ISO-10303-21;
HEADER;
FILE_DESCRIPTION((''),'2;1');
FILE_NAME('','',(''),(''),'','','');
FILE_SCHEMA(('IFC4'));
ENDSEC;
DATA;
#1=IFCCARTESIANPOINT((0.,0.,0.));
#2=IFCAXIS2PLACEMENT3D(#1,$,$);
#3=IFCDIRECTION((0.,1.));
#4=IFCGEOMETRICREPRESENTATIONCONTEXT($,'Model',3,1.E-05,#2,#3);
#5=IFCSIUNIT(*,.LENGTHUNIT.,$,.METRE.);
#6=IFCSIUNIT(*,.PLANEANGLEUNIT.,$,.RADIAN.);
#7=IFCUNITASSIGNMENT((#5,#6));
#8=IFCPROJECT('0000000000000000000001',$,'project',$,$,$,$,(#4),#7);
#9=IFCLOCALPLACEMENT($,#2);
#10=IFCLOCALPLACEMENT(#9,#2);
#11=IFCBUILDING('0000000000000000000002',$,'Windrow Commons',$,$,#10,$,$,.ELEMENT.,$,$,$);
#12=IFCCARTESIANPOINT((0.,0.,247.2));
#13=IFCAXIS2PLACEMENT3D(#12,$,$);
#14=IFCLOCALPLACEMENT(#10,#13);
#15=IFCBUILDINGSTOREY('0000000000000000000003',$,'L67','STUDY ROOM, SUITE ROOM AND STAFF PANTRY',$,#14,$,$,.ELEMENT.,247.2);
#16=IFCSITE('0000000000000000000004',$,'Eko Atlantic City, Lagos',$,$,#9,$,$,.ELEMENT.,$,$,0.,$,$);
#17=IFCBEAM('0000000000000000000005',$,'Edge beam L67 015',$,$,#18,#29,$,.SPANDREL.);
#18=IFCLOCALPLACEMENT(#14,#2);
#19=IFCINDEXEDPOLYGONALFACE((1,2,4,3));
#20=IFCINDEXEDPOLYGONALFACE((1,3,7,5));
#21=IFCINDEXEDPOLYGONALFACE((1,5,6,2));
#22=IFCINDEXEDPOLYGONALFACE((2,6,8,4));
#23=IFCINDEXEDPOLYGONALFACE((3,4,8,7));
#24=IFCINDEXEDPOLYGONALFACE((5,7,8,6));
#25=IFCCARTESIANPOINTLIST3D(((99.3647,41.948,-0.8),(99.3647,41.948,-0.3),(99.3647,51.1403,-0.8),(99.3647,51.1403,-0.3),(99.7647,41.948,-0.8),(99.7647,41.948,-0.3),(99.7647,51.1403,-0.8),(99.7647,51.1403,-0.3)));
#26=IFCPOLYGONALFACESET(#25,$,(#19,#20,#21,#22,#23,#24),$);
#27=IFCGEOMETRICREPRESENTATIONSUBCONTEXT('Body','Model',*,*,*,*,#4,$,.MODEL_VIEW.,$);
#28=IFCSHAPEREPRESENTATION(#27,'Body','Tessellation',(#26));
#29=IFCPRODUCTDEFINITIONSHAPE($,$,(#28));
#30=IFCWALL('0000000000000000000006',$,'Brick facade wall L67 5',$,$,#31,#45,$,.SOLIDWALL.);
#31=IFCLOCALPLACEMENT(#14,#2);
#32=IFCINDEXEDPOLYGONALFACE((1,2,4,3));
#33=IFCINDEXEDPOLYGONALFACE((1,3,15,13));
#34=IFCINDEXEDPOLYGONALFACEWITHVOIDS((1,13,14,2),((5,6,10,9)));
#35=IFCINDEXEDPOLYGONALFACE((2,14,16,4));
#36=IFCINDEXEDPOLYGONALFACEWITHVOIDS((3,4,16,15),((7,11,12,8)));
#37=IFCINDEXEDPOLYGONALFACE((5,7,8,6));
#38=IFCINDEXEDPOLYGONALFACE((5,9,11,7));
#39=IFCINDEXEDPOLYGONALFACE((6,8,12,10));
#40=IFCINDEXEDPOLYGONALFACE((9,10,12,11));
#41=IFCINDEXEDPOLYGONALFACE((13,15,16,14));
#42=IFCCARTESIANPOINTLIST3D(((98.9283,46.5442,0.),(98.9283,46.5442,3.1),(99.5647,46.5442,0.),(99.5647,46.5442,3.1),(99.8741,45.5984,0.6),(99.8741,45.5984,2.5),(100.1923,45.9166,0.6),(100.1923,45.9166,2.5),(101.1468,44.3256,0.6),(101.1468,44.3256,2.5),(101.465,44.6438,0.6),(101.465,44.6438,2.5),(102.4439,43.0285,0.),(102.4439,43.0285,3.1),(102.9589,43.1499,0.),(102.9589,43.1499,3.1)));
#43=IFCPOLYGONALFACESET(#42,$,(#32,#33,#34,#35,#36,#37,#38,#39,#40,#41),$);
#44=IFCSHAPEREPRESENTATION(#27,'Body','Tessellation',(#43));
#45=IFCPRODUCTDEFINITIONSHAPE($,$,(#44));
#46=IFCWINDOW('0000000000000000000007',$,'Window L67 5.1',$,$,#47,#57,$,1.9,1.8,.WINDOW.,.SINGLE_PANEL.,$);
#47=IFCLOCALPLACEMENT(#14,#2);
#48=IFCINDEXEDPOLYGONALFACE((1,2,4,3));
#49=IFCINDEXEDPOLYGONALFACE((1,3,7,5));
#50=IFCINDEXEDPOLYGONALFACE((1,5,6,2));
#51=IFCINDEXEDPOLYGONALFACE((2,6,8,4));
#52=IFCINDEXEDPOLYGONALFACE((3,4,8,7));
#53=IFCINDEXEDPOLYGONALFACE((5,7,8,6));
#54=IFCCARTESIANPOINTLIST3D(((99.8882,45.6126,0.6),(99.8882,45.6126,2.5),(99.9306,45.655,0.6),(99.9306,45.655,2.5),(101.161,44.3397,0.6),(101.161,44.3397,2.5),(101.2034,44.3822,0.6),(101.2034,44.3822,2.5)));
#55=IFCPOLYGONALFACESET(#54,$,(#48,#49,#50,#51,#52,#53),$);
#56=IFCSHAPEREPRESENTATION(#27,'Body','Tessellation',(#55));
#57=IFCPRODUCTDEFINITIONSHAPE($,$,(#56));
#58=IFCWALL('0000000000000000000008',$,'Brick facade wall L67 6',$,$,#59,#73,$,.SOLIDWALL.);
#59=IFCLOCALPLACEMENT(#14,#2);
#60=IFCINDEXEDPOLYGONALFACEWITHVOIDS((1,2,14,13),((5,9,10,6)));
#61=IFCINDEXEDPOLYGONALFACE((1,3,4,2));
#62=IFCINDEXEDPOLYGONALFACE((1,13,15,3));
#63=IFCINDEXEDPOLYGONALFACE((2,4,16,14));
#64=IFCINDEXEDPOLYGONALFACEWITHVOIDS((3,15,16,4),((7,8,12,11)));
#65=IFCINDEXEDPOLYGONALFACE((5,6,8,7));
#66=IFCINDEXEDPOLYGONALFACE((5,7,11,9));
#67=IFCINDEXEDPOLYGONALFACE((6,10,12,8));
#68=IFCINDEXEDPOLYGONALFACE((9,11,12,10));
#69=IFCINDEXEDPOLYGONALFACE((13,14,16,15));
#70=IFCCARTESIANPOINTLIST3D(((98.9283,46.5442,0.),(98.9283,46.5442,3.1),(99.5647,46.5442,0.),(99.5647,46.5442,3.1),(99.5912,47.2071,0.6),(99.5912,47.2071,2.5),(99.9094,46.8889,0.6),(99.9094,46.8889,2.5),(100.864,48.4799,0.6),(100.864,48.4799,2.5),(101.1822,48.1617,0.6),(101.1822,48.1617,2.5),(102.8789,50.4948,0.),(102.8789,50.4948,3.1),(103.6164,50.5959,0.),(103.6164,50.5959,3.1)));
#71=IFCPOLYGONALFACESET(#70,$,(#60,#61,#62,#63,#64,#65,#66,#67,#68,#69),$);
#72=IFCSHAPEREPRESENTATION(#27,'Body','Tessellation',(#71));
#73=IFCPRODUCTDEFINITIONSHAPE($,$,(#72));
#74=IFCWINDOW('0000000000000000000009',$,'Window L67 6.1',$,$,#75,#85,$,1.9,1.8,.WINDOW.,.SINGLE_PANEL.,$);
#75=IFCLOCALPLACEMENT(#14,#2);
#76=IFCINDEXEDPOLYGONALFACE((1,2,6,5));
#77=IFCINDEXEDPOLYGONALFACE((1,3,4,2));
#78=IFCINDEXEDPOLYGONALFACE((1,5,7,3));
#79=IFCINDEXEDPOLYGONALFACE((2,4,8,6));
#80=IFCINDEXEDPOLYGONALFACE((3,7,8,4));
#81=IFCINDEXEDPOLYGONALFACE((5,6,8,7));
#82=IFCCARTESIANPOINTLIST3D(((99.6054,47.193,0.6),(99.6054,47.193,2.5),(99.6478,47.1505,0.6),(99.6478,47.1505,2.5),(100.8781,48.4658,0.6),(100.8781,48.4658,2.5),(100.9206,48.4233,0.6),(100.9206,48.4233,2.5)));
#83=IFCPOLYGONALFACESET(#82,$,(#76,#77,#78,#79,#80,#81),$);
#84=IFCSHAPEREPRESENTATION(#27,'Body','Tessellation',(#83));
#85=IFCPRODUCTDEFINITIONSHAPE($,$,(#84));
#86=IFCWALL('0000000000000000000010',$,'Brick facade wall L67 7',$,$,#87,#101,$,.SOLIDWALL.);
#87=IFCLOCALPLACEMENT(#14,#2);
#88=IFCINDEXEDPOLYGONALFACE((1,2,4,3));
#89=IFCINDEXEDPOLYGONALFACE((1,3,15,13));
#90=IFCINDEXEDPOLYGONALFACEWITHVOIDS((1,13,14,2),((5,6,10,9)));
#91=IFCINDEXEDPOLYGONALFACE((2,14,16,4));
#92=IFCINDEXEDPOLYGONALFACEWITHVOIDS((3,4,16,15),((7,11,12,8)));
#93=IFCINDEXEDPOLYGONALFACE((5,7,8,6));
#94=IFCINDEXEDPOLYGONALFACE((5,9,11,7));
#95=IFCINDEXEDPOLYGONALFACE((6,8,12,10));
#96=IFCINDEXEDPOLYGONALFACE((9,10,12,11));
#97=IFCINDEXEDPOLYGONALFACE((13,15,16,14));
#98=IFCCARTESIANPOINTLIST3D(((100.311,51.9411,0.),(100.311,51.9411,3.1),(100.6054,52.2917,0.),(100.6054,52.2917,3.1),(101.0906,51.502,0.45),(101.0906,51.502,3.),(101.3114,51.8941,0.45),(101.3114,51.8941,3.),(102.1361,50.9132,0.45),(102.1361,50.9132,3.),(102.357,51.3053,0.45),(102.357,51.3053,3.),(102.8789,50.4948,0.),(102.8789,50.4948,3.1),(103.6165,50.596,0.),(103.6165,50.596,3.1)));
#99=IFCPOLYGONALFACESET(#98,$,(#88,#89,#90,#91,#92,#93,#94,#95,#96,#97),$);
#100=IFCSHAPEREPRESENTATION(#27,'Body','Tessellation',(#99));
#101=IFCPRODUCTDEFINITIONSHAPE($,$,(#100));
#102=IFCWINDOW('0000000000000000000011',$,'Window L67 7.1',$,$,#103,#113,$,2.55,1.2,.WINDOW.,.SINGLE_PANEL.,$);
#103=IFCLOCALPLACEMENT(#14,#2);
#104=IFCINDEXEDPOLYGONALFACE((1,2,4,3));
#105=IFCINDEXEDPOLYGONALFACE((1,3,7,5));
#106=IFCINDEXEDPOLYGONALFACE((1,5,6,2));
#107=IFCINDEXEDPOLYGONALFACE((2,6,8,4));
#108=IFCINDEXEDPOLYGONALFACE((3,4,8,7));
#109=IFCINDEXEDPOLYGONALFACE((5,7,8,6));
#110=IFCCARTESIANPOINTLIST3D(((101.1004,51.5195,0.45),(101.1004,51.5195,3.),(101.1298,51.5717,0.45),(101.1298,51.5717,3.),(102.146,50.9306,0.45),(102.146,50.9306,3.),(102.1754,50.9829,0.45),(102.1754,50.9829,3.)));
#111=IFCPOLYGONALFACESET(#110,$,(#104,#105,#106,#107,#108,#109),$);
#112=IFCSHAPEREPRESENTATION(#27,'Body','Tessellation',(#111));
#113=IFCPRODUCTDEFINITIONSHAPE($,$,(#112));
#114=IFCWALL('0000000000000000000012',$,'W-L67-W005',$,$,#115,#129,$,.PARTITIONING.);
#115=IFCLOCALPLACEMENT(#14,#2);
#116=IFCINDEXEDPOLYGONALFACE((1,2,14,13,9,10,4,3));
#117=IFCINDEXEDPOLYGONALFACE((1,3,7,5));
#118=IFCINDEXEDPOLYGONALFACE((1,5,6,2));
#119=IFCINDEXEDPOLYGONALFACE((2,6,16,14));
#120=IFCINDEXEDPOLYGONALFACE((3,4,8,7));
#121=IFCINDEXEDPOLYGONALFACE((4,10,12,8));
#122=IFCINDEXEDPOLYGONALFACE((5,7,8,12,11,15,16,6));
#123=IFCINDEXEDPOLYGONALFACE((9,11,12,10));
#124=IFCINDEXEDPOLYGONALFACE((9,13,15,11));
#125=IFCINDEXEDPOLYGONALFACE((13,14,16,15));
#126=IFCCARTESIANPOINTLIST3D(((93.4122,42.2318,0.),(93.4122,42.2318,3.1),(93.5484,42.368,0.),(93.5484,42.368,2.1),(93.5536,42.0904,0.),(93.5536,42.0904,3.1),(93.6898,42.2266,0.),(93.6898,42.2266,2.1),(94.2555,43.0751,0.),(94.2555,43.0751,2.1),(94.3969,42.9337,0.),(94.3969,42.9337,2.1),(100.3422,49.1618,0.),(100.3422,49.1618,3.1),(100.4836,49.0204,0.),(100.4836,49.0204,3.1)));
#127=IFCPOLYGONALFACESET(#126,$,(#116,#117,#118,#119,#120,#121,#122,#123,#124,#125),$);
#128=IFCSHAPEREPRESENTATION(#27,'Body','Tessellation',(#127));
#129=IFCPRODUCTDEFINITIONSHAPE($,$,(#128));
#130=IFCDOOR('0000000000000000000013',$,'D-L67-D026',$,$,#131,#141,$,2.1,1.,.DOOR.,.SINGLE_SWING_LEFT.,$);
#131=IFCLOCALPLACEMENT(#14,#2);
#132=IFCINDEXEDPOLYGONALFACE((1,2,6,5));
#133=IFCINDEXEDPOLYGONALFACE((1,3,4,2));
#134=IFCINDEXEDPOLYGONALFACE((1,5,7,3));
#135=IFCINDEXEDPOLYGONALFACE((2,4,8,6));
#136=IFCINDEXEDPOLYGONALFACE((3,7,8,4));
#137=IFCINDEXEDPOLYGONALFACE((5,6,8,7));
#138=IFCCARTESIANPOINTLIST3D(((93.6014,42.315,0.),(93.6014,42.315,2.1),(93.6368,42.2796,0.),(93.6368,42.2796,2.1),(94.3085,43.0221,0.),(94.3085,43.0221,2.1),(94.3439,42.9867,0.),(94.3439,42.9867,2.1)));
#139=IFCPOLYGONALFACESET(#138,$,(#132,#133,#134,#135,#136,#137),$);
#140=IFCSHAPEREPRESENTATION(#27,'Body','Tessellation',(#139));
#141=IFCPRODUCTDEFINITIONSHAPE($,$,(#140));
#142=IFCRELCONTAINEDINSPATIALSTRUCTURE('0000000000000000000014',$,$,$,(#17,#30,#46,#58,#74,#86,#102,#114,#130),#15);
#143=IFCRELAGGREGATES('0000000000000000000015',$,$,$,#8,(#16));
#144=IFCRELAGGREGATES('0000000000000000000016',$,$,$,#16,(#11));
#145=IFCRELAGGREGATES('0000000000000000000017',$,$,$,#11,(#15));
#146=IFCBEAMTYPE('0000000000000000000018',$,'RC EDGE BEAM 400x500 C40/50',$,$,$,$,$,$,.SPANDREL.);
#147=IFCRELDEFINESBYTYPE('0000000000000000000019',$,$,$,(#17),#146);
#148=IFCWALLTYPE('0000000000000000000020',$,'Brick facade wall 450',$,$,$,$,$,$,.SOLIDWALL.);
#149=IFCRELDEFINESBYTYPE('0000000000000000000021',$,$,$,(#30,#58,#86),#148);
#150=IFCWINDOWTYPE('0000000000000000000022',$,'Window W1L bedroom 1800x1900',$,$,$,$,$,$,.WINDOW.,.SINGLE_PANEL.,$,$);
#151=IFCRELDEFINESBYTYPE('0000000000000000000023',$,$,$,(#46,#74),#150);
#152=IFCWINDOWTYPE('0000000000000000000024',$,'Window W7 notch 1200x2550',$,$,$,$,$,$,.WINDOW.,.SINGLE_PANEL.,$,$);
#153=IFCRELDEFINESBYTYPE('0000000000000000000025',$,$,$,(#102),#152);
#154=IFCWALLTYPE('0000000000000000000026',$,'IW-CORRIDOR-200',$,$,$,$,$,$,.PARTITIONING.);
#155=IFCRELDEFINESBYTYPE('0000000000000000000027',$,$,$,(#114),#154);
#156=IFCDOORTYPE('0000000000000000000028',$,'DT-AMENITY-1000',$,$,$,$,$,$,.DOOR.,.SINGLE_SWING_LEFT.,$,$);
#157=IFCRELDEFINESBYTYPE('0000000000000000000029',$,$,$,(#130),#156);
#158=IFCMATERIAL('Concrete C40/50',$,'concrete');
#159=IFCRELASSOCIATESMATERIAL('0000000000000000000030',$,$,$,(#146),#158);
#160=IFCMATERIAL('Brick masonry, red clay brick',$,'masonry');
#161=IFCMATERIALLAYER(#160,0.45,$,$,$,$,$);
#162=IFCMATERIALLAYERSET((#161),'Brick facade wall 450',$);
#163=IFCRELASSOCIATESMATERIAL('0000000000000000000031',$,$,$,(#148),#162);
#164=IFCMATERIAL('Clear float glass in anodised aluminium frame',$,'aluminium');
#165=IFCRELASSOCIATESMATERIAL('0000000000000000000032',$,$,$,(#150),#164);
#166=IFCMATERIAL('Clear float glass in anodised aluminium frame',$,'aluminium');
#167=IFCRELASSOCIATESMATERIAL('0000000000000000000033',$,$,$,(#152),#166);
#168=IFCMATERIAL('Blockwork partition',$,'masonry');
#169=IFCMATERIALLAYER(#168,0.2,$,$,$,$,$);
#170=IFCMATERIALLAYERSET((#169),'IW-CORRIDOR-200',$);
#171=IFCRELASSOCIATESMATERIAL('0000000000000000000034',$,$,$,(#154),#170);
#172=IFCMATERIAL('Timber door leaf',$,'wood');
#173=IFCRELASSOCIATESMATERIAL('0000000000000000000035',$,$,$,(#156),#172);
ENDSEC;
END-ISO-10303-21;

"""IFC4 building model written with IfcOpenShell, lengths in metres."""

from ifc_helpers import new_model, si_unit, direction, frame, frame_2d, origin, origin_2d, place, context, subcontext, project, spatial, polyline, rectangle, outline, extrude, material, layer, layer_set, material_profile, profile_set, type_object, element, fill, save


model = new_model("IFC4")

# Units and contexts
model_context = context("Model", 3, precision=1e-05, world=origin(), true_north=direction((0.0, 1.0)))
body_context = subcontext(model_context, "Body", "Model", "MODEL_VIEW")
ifc_project = project(units=[si_unit("LENGTHUNIT", "METRE"), si_unit("PLANEANGLEUNIT", "RADIAN")], contexts=[model_context])

# Site, building, storey
site_placement = place(None, origin())
site = spatial("IfcSite", under=ifc_project, at=site_placement, Name="Eko Atlantic City, Lagos", CompositionType="ELEMENT", RefElevation=0.0)
building_placement = place(site_placement, origin())
building = spatial("IfcBuilding", under=site, at=building_placement, Name="Windrow Commons", CompositionType="ELEMENT")
storey_placement = place(building_placement, frame((0.0, 0.0, 247.2)))
storey = spatial("IfcBuildingStorey", under=building, at=storey_placement, Name="L67", Description="STUDY ROOM, SUITE ROOM AND STAFF PANTRY", CompositionType="ELEMENT", Elevation=247.2)

# Beam
ifc_material_1 = material(Name="Concrete C40/50", Category="concrete")
ifc_material_profile = material_profile(ifc_material_1, rectangle(XDim=0.4, YDim=0.5, at=origin_2d()))
ifc_profile_set = profile_set([ifc_material_profile], Name="Concrete C40/50")
beam_type = type_object("IfcBeamType", Name="RC EDGE BEAM 400x500 C40/50", PredefinedType="SPANDREL", material=ifc_profile_set)
beam_placement = place(storey_placement, frame((99.5647, 51.1403, -0.55), z_axis=(0.0, -1.0, 0.0), x_axis=(1.0, 0.0, 0.0)))
element("IfcBeam", 1, at=beam_placement, inside=storey, type_object=beam_type, Name="Edge beam L67 015", PredefinedType="SPANDREL", context=body_context, shape_type="SweptSolid", body=[
    extrude(rectangle(XDim=0.4, YDim=0.5, at=origin_2d()), origin(), (0.0, 0.0, 1.0), 9.1923),
])

# Walls, openings, windows
ifc_material_2 = material(Name="Brick masonry, red clay brick", Category="masonry")
ifc_layer_1 = layer(ifc_material_2, 0.45)
ifc_layer_set_1 = layer_set([ifc_layer_1], Name="Brick facade wall 450")
wall_type_1 = type_object("IfcWallType", Name="Brick facade wall 450", PredefinedType="SOLIDWALL", material=ifc_layer_set_1)
wall_1_placement = place(storey_placement, frame((102.7014, 43.0892, 0.0), z_axis=(0.0, 0.0, 1.0), x_axis=(-0.707097, 0.707117, 0.0)))
wall_1 = element("IfcWall", 2, at=wall_1_placement, inside=storey, type_object=wall_type_1, Name="Brick facade wall L67 5", PredefinedType="SOLIDWALL", context=body_context, shape_type="SweptSolid", body=[
    extrude(outline(polyline([(-0.1391, -0.225), (4.661, -0.225), (5.111, 0.225), (0.1391, 0.225), (-0.1391, -0.225)])), origin(), (0.0, 0.0, 1.0), 3.1),
])
opening_1_placement = place(wall_1_placement, frame((1.9735, 0.0, 0.6)))
opening_1 = element("IfcOpeningElement", 3, at=opening_1_placement, cuts=wall_1, PredefinedType="OPENING", context=body_context, shape_type="SweptSolid", body=[
    extrude(rectangle(XDim=1.8, YDim=1.9, at=frame_2d((0.9, 0.95))), frame((0.0, 0.235, 0.0), z_axis=(0.0, -1.0, 0.0), x_axis=(1.0, 0.0, 0.0)), (0.0, 0.0, 1.0), 0.47),
])
ifc_material_3 = material(Name="Clear float glass in anodised aluminium frame", Category="aluminium")
window_type_1 = type_object("IfcWindowType", Name="Window W1L bedroom 1800x1900", PartitioningType="SINGLE_PANEL", PredefinedType="WINDOW", material=ifc_material_3)
window_1_placement = place(opening_1_placement, origin())
window_1 = element("IfcWindow", 4, at=window_1_placement, inside=storey, type_object=window_type_1, Name="Window L67 5.1", OverallHeight=1.9, OverallWidth=1.8, PartitioningType="SINGLE_PANEL", PredefinedType="WINDOW", context=body_context, shape_type="SweptSolid", body=[
    extrude(rectangle(XDim=1.8, YDim=1.9, at=frame_2d((0.9, 0.95))), frame((0.0, 0.205, 0.0), z_axis=(0.0, -1.0, 0.0), x_axis=(1.0, 0.0, 0.0)), (0.0, 0.0, 1.0), 0.06),
])
fill(opening_1, window_1)
wall_2_placement = place(storey_placement, frame((99.2465, 46.5442, 0.0), z_axis=(0.0, 0.0, 1.0), x_axis=(0.707107, 0.707107, 0.0)))
wall_2 = element("IfcWall", 5, at=wall_2_placement, inside=storey, type_object=wall_type_1, Name="Brick facade wall L67 6", PredefinedType="SOLIDWALL", context=body_context, shape_type="SweptSolid", body=[
    extrude(outline(polyline([(0.225, -0.225), (5.955, -0.225), (5.362, 0.225), (-0.225, 0.225), (0.225, -0.225)])), origin(), (0.0, 0.0, 1.0), 3.1),
])
opening_2_placement = place(wall_2_placement, frame((0.7125, 0.0, 0.6)))
opening_2 = element("IfcOpeningElement", 6, at=opening_2_placement, cuts=wall_2, PredefinedType="OPENING", context=body_context, shape_type="SweptSolid", body=[
    extrude(rectangle(XDim=1.8, YDim=1.9, at=frame_2d((0.9, 0.95))), frame((0.0, 0.235, 0.0), z_axis=(0.0, -1.0, 0.0), x_axis=(1.0, 0.0, 0.0)), (0.0, 0.0, 1.0), 0.47),
])
window_2_placement = place(opening_2_placement, origin())
window_2 = element("IfcWindow", 7, at=window_2_placement, inside=storey, type_object=window_type_1, Name="Window L67 6.1", OverallHeight=1.9, OverallWidth=1.8, PartitioningType="SINGLE_PANEL", PredefinedType="WINDOW", context=body_context, shape_type="SweptSolid", body=[
    extrude(rectangle(XDim=1.8, YDim=1.9, at=frame_2d((0.9, 0.95))), frame((0.0, 0.205, 0.0), z_axis=(0.0, -1.0, 0.0), x_axis=(1.0, 0.0, 0.0)), (0.0, 0.0, 1.0), 0.06),
])
fill(opening_2, window_2)
wall_3_placement = place(storey_placement, frame((103.2477, 50.5454, 0.0), z_axis=(0.0, 0.0, 1.0), x_axis=(-0.871321, 0.490713, 0.0)))
wall_3 = element("IfcWall", 8, at=wall_3_placement, inside=storey, type_object=wall_type_1, Name="Brick facade wall L67 7", PredefinedType="SOLIDWALL", context=body_context, shape_type="SweptSolid", body=[
    extrude(outline(polyline([(-0.2965, -0.225), (3.1592, -0.225), (3.2437, 0.225), (0.2965, 0.225), (-0.2965, -0.225)])), origin(), (0.0, 0.0, 1.0), 3.1),
])
opening_3_placement = place(wall_3_placement, frame((1.149, 0.0, 0.45)))
opening_3 = element("IfcOpeningElement", 9, at=opening_3_placement, cuts=wall_3, PredefinedType="OPENING", context=body_context, shape_type="SweptSolid", body=[
    extrude(rectangle(XDim=1.2, YDim=2.55, at=frame_2d((0.6, 1.275))), frame((0.0, 0.235, 0.0), z_axis=(0.0, -1.0, 0.0), x_axis=(1.0, 0.0, 0.0)), (0.0, 0.0, 1.0), 0.47),
])
ifc_material_4 = material(Name="Clear float glass in anodised aluminium frame", Category="aluminium")
window_type_2 = type_object("IfcWindowType", Name="Window W7 notch 1200x2550", PartitioningType="SINGLE_PANEL", PredefinedType="WINDOW", material=ifc_material_4)
window_3_placement = place(opening_3_placement, origin())
window_3 = element("IfcWindow", 10, at=window_3_placement, inside=storey, type_object=window_type_2, Name="Window L67 7.1", OverallHeight=2.55, OverallWidth=1.2, PartitioningType="SINGLE_PANEL", PredefinedType="WINDOW", context=body_context, shape_type="SweptSolid", body=[
    extrude(rectangle(XDim=1.2, YDim=2.55, at=frame_2d((0.6, 1.275))), frame((0.0, 0.205, 0.0), z_axis=(0.0, -1.0, 0.0), x_axis=(1.0, 0.0, 0.0)), (0.0, 0.0, 1.0), 0.06),
])
fill(opening_3, window_3)

# Wall, opening, door
ifc_material_5 = material(Name="Blockwork partition", Category="masonry")
ifc_layer_2 = layer(ifc_material_5, 0.2)
ifc_layer_set_2 = layer_set([ifc_layer_2], Name="IW-CORRIDOR-200")
wall_type_2 = type_object("IfcWallType", Name="IW-CORRIDOR-200", PredefinedType="PARTITIONING", material=ifc_layer_set_2)
wall_4_placement = place(storey_placement, frame((93.4829, 42.1611, 0.0), z_axis=(0.0, 0.0, 1.0), x_axis=(0.707107, 0.707107, 0.0)))
wall_4 = element("IfcWall", 11, at=wall_4_placement, inside=storey, type_object=wall_type_2, Name="W-L67-W005", PredefinedType="PARTITIONING", context=body_context, shape_type="SweptSolid", body=[
    extrude(rectangle(XDim=9.8005, YDim=0.2, at=frame_2d((4.9002, 0.0))), origin(), (0.0, 0.0, 1.0), 3.1),
])
opening_4_placement = place(wall_4_placement, frame((0.1926, 0.0, 0.0)))
opening_4 = element("IfcOpeningElement", 12, at=opening_4_placement, cuts=wall_4, PredefinedType="OPENING", context=body_context, shape_type="SweptSolid", body=[
    extrude(rectangle(XDim=1.0, YDim=2.1, at=frame_2d((0.5, 1.05))), frame((0.0, 0.11, 0.0), z_axis=(0.0, -1.0, 0.0), x_axis=(1.0, 0.0, 0.0)), (0.0, 0.0, 1.0), 0.22),
])
ifc_material_6 = material(Name="Timber door leaf", Category="wood")
door_type = type_object("IfcDoorType", Name="DT-AMENITY-1000", OperationType="SINGLE_SWING_LEFT", PredefinedType="DOOR", material=ifc_material_6)
door_1_placement = place(opening_4_placement, origin())
door_1 = element("IfcDoor", 13, at=door_1_placement, inside=storey, type_object=door_type, Name="D-L67-D026", OperationType="SINGLE_SWING_LEFT", OverallHeight=2.1, OverallWidth=1.0, PredefinedType="DOOR", context=body_context, shape_type="SweptSolid", body=[
    extrude(rectangle(XDim=1.0, YDim=2.1, at=frame_2d((0.5, 1.05))), frame((0.0, 0.025, 0.0), z_axis=(0.0, -1.0, 0.0), x_axis=(1.0, 0.0, 0.0)), (0.0, 0.0, 1.0), 0.05),
])
fill(opening_4, door_1)

save(model, "model.ifc")
